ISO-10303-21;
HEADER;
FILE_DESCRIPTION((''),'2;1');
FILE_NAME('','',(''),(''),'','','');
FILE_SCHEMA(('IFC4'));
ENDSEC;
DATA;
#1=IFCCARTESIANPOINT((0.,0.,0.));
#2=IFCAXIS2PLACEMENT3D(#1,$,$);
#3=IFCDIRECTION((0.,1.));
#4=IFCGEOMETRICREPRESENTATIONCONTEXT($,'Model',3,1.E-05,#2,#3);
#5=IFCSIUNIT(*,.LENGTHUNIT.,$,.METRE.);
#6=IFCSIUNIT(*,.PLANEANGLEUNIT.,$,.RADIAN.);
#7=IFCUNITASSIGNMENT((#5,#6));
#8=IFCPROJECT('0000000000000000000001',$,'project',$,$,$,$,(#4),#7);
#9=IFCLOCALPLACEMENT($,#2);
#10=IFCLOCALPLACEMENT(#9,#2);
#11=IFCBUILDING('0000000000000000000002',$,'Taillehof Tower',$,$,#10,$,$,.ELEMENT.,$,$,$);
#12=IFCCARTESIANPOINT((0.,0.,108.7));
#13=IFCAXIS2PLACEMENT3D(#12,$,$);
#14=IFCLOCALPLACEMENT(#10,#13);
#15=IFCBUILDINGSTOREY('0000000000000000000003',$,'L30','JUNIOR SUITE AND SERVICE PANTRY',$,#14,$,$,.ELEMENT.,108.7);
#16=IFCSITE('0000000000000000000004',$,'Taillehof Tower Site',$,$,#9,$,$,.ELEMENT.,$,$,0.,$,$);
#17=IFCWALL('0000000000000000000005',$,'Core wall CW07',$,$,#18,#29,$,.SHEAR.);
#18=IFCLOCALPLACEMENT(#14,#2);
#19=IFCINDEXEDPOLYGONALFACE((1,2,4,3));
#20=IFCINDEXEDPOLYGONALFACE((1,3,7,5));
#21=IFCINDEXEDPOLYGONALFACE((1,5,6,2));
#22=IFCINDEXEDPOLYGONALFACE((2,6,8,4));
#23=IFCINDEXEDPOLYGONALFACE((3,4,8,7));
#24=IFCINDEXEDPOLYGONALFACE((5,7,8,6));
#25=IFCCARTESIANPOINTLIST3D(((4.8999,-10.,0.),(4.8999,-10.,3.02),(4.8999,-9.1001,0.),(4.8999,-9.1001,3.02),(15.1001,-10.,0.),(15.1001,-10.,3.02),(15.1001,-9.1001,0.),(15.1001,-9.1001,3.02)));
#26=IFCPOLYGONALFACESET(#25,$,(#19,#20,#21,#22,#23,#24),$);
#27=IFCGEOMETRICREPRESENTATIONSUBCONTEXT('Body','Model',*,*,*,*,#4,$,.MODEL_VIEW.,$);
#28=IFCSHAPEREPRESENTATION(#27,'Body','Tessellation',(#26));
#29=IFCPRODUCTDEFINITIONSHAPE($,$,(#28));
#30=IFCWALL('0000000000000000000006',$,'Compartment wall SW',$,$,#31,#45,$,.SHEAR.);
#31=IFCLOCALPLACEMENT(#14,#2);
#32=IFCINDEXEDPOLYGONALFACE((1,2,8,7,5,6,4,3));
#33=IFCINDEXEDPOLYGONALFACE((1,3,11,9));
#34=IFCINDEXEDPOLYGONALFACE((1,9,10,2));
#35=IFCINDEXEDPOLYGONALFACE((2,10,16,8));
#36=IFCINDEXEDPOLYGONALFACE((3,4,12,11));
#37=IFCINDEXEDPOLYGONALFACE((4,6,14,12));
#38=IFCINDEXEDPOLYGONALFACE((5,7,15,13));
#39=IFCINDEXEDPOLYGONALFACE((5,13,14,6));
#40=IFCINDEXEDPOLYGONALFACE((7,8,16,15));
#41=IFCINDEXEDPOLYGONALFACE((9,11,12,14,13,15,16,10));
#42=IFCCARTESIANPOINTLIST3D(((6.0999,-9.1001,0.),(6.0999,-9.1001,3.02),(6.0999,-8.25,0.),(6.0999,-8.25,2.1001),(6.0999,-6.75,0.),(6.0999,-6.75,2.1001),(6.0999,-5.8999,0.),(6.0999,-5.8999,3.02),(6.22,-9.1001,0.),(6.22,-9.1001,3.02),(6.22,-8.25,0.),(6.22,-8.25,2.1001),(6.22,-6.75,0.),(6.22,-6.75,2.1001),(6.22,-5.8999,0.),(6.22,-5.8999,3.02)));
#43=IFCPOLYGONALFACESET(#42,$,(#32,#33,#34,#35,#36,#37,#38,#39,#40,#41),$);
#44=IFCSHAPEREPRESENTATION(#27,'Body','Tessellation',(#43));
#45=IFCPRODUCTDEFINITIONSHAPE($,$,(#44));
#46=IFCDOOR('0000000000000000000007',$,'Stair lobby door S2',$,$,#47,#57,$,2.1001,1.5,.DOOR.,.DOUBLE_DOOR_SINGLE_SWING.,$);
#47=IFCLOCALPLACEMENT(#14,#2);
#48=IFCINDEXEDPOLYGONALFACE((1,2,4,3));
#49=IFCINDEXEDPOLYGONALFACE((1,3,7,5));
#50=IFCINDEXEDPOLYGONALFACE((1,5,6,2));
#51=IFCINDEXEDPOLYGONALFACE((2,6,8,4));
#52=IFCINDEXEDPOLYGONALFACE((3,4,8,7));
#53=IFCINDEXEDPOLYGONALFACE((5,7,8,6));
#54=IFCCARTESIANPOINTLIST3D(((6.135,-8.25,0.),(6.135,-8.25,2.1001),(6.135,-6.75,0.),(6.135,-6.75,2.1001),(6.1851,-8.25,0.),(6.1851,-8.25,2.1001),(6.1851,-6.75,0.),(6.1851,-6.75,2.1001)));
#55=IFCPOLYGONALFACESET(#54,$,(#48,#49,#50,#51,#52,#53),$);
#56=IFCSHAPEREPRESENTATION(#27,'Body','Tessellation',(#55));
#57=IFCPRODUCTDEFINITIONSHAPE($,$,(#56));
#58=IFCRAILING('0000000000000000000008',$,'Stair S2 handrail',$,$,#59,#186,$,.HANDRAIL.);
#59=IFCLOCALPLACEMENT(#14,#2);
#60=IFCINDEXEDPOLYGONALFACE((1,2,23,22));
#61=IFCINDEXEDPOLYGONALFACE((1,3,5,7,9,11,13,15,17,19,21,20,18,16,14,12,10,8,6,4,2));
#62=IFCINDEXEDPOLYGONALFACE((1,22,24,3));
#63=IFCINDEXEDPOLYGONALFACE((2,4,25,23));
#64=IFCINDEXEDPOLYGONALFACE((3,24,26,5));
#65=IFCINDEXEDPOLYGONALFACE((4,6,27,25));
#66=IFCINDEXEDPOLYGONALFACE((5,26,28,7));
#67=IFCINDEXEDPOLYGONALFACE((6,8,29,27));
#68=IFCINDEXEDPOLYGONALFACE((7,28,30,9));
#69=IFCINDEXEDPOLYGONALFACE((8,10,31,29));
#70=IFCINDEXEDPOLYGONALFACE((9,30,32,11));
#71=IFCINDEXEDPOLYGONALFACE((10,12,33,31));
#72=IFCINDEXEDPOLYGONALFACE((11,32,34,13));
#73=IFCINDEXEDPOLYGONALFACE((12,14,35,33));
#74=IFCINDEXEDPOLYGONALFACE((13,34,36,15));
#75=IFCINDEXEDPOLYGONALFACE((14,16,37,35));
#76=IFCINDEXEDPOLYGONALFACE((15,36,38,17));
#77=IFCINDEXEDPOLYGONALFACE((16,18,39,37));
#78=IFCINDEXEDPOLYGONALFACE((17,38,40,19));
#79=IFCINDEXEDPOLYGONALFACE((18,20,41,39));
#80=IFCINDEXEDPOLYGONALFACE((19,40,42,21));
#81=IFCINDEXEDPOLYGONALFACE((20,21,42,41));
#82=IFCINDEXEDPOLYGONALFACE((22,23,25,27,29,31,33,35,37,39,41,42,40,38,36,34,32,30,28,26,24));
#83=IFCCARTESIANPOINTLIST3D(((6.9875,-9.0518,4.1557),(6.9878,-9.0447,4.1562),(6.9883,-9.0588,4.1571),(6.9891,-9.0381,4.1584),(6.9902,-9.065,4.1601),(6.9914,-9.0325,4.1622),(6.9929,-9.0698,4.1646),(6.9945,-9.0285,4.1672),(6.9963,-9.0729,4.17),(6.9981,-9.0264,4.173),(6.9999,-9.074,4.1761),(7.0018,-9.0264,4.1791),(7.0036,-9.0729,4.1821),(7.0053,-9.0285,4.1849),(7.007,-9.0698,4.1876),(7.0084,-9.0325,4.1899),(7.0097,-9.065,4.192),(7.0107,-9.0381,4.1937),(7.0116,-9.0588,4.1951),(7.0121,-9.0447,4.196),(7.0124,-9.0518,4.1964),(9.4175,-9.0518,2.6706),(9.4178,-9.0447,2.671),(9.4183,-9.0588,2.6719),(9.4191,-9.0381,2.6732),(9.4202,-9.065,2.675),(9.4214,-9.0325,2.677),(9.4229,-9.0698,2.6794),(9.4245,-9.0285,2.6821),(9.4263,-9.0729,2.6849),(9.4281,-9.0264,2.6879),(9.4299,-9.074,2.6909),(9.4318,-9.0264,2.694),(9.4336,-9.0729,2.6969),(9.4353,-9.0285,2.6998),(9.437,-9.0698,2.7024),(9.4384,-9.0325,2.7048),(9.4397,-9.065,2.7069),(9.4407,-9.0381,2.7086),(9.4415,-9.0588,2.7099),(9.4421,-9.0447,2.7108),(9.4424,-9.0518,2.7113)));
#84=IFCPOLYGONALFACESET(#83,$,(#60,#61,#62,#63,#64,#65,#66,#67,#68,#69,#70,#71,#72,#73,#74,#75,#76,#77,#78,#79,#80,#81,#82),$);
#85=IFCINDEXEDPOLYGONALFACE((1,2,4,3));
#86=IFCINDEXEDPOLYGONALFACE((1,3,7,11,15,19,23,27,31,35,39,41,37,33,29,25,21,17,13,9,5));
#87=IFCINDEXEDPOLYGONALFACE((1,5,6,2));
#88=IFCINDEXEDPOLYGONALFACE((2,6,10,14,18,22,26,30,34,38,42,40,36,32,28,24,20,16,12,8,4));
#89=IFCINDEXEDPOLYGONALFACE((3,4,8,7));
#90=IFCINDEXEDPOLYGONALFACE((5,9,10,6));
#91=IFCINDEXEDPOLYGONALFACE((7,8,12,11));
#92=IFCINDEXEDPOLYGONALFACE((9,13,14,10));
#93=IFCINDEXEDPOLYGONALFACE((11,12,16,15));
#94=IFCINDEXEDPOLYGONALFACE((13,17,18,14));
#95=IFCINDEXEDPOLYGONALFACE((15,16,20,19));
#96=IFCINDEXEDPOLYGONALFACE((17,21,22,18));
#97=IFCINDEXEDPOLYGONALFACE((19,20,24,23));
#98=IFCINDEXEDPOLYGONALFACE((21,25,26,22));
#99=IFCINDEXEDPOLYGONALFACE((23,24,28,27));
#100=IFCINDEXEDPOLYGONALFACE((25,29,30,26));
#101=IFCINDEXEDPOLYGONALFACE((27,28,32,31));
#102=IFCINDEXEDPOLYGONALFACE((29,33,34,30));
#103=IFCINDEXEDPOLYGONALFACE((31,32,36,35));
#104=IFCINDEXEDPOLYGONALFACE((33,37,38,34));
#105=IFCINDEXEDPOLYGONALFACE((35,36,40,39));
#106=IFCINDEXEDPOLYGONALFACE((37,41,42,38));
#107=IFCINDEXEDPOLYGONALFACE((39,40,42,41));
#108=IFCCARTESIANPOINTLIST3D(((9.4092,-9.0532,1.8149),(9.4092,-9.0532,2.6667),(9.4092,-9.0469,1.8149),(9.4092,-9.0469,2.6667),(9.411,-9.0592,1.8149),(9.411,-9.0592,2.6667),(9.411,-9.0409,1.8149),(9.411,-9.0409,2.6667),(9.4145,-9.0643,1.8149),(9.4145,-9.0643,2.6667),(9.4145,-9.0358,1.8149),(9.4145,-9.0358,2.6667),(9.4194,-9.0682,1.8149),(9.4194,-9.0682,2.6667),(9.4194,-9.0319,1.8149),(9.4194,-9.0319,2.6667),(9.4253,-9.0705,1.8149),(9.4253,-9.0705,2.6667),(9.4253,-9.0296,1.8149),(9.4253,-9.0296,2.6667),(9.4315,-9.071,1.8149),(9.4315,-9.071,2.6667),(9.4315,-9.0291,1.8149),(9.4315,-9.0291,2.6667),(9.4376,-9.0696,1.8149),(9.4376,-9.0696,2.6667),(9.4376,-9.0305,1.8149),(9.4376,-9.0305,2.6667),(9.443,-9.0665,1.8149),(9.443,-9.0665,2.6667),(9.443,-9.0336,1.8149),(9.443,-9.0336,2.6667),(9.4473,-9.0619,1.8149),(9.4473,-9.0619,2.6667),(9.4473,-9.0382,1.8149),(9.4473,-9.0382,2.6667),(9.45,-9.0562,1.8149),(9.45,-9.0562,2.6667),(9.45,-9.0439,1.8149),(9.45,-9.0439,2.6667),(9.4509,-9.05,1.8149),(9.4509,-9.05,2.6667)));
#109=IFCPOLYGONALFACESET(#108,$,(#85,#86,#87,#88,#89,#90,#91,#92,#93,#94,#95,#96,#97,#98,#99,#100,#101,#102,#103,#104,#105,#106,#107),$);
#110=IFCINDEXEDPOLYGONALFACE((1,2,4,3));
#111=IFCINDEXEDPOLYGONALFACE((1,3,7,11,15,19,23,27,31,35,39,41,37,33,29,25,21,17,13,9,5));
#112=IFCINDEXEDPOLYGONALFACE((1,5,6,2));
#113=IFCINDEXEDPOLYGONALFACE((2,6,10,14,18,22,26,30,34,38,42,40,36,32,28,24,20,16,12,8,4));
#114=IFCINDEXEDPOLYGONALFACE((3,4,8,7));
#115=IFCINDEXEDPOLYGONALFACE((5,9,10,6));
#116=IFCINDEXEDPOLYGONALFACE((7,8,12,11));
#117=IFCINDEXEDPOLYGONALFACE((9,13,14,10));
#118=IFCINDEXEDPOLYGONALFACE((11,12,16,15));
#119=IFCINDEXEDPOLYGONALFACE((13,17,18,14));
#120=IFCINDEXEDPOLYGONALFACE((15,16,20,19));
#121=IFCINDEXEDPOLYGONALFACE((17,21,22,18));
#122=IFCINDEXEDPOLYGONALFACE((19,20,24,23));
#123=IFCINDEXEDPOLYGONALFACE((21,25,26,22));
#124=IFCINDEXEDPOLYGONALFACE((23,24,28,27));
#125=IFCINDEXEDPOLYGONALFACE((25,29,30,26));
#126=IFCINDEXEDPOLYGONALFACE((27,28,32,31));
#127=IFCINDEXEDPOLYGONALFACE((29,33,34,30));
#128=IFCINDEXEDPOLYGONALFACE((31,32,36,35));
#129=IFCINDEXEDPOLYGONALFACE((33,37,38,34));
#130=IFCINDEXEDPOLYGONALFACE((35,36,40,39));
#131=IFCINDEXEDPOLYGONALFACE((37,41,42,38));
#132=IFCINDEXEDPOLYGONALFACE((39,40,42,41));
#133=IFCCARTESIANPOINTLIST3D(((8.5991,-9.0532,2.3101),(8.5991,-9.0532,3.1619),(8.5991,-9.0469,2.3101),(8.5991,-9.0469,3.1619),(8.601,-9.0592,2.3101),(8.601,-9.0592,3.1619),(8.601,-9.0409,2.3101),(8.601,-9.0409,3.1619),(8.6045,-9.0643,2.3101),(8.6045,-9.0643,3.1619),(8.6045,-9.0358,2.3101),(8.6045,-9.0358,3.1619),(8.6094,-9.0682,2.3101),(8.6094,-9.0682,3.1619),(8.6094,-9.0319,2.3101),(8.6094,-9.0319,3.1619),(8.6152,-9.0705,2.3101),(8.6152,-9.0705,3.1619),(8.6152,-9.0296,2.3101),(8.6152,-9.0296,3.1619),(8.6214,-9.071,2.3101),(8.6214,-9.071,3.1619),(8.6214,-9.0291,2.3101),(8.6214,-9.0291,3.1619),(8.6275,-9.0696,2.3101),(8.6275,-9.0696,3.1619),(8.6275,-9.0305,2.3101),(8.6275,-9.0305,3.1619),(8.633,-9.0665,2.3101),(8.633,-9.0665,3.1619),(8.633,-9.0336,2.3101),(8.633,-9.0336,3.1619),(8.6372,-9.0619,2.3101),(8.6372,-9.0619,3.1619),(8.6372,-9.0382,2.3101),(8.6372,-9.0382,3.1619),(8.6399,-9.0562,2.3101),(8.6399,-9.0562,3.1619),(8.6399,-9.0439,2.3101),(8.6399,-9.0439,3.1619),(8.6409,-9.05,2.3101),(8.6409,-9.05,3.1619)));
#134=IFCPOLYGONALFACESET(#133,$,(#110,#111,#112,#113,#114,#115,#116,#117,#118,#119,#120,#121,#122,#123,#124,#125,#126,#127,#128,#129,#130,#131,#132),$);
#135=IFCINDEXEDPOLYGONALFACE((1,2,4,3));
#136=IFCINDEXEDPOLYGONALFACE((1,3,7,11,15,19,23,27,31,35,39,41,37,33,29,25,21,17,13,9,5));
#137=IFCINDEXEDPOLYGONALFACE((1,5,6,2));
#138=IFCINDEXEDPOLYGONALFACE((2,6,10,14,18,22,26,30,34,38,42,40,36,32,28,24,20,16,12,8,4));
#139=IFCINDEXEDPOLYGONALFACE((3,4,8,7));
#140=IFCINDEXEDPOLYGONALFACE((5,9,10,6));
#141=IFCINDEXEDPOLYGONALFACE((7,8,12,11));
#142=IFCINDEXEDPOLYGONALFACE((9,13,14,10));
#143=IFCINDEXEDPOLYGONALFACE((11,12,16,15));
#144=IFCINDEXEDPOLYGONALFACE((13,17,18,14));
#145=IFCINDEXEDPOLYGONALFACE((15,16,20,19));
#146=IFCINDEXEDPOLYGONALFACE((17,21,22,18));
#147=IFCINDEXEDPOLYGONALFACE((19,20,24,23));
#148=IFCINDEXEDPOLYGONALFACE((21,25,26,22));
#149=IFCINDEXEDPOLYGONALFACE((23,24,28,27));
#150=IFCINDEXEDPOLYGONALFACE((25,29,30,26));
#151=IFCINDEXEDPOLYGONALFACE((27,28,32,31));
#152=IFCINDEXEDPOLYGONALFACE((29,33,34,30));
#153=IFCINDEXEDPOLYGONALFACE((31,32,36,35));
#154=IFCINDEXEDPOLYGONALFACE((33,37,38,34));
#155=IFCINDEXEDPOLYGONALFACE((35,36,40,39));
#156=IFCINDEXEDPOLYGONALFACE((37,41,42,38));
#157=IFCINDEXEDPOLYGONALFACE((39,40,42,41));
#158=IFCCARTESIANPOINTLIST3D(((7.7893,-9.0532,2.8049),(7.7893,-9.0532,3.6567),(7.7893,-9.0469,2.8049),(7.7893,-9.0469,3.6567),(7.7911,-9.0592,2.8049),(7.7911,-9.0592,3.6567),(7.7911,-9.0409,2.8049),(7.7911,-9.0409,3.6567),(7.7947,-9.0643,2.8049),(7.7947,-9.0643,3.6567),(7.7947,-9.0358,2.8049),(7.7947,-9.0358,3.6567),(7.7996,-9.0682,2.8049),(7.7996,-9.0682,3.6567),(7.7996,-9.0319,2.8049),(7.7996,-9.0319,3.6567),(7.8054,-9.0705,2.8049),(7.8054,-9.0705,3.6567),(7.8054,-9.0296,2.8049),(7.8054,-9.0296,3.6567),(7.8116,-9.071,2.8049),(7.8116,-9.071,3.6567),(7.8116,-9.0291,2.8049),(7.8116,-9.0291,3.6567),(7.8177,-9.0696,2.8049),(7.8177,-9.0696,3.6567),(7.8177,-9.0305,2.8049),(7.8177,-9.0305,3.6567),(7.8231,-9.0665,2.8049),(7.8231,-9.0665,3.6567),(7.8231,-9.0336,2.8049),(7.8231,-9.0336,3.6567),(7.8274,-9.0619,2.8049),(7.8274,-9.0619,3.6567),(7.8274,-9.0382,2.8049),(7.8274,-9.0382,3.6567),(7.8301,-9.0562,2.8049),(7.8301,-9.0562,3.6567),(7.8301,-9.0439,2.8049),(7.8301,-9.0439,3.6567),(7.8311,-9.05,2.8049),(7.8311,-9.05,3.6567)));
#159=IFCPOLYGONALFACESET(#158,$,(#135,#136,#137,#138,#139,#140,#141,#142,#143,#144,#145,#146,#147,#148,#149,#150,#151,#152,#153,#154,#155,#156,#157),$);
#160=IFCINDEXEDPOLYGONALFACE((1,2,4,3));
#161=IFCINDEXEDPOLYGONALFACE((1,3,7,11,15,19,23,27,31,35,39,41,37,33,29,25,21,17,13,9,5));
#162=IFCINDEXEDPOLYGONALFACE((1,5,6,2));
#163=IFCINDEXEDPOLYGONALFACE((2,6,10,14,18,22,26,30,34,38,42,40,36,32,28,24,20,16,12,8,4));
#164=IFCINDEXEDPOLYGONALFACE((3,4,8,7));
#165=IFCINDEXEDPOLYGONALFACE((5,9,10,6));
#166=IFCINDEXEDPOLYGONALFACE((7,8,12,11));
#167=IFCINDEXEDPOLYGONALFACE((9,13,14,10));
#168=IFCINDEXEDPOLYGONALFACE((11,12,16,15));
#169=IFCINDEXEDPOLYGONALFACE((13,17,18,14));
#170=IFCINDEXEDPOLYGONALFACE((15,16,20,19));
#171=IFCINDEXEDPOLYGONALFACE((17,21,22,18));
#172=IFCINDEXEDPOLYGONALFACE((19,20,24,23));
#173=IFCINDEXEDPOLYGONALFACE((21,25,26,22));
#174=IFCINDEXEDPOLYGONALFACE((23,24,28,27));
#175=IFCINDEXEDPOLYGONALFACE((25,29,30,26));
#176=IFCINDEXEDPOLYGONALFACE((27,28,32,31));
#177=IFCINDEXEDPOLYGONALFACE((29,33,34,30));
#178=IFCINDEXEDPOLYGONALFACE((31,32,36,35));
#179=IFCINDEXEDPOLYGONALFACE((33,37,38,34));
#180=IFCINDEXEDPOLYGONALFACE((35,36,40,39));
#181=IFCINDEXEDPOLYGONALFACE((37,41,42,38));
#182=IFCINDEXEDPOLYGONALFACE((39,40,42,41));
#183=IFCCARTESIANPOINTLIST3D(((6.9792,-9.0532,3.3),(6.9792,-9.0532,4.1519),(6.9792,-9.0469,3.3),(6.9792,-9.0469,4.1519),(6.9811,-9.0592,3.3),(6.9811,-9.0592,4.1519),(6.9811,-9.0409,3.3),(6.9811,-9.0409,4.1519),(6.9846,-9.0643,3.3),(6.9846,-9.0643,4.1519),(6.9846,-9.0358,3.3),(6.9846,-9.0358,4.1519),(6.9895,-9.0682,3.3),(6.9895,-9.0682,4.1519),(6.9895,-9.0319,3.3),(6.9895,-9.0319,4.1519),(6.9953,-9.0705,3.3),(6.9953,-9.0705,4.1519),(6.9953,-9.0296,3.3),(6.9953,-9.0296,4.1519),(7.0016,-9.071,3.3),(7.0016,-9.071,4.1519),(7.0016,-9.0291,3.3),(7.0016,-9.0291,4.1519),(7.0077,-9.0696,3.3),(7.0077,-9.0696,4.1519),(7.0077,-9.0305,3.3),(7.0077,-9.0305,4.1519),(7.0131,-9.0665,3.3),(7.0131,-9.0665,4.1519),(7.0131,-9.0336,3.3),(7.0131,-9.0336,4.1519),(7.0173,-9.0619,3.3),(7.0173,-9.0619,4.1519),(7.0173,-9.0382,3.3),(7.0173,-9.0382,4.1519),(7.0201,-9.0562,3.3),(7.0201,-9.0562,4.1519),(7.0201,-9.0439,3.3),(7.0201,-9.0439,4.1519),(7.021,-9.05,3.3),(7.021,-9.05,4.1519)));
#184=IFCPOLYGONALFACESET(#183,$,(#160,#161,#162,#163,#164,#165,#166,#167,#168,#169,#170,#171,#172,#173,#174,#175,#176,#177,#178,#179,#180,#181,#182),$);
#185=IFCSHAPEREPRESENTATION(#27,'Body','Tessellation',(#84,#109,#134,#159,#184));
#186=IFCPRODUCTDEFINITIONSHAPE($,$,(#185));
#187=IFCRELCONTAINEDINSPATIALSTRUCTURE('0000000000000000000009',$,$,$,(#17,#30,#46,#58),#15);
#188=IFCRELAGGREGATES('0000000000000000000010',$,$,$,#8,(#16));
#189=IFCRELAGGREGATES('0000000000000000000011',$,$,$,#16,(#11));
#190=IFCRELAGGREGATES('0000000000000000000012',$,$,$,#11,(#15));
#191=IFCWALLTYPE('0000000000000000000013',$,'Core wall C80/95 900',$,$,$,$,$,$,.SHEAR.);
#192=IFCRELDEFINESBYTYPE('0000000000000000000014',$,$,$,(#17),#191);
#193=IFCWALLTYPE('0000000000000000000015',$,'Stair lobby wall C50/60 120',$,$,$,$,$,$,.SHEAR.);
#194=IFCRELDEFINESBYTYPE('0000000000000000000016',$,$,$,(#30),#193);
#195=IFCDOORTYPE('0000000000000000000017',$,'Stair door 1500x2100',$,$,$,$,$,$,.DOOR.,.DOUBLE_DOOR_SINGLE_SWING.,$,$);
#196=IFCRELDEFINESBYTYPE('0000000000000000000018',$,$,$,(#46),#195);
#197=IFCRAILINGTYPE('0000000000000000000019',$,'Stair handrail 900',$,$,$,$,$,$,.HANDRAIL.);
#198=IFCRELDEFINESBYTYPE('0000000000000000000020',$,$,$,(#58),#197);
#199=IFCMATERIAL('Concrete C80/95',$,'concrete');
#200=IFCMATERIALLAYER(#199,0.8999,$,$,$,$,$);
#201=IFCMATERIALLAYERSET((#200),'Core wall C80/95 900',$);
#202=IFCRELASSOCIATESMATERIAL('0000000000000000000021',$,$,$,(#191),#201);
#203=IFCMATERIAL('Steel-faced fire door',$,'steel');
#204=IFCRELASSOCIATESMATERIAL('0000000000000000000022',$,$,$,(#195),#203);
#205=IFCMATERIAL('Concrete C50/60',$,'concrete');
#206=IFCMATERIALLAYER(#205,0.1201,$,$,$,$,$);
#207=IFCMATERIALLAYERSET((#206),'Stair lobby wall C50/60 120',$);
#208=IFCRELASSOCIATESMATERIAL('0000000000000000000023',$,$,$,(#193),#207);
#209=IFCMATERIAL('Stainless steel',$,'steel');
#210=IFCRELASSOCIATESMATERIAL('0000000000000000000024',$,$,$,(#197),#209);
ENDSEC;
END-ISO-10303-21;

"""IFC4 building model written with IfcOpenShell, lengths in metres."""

from ifc_helpers import new_model, si_unit, direction, frame, frame_2d, origin, origin_2d, place, context, subcontext, project, spatial, rectangle, circle, extrude, material, layer, layer_set, type_object, element, fill, save


model = new_model("IFC4")

# Units and contexts
model_context = context("Model", 3, precision=1e-05, world=origin(), true_north=direction((0.0, 1.0)))
body_context = subcontext(model_context, "Body", "Model", "MODEL_VIEW")
ifc_project = project(units=[si_unit("LENGTHUNIT", "METRE"), si_unit("PLANEANGLEUNIT", "RADIAN")], contexts=[model_context])

# Site, building, storey
site_placement = place(None, origin())
site = spatial("IfcSite", under=ifc_project, at=site_placement, Name="Taillehof Tower Site", CompositionType="ELEMENT", RefElevation=0.0)
building_placement = place(site_placement, origin())
building = spatial("IfcBuilding", under=site, at=building_placement, Name="Taillehof Tower", CompositionType="ELEMENT")
storey_placement = place(building_placement, frame((0.0, 0.0, 108.7)))
storey = spatial("IfcBuildingStorey", under=building, at=storey_placement, Name="L30", Description="JUNIOR SUITE AND SERVICE PANTRY", CompositionType="ELEMENT", Elevation=108.7)

# Shared definitions
ifc_material_1 = material(Name="Concrete C80/95", Category="concrete")
ifc_layer_1 = layer(ifc_material_1, 0.8999)
ifc_layer_set_1 = layer_set([ifc_layer_1], Name="Core wall C80/95 900")
wall_type_1 = type_object("IfcWallType", Name="Core wall C80/95 900", PredefinedType="SHEAR", material=ifc_layer_set_1)
ifc_material_2 = material(Name="Steel-faced fire door", Category="steel")
door_type_1 = type_object("IfcDoorType", Name="Stair door 1500x2100", OperationType="DOUBLE_DOOR_SINGLE_SWING", PredefinedType="DOOR", material=ifc_material_2)

# Wall
wall_1_placement = place(storey_placement, frame((4.8999, -9.55, 0.0), z_axis=(0.0, 0.0, 1.0), x_axis=(1.0, 0.0, 0.0)))
element("IfcWall", 1, at=wall_1_placement, inside=storey, type_object=wall_type_1, Name="Core wall CW07", PredefinedType="SHEAR", context=body_context, shape_type="SweptSolid", body=[
    extrude(rectangle(XDim=10.2002, YDim=0.8999, at=frame_2d((5.1001, 0.0))), origin(), (0.0, 0.0, 1.0), 3.02),
])

# Wall, opening, door
ifc_material_3 = material(Name="Concrete C50/60", Category="concrete")
ifc_layer_2 = layer(ifc_material_3, 0.1201)
ifc_layer_set_2 = layer_set([ifc_layer_2], Name="Stair lobby wall C50/60 120")
wall_type_2 = type_object("IfcWallType", Name="Stair lobby wall C50/60 120", PredefinedType="SHEAR", material=ifc_layer_set_2)
wall_2_placement = place(storey_placement, frame((6.1599, -9.1001, 0.0), z_axis=(0.0, 0.0, 1.0), x_axis=(0.0, 1.0, 0.0)))
wall_2 = element("IfcWall", 2, at=wall_2_placement, inside=storey, type_object=wall_type_2, Name="Compartment wall SW", PredefinedType="SHEAR", context=body_context, shape_type="SweptSolid", body=[
    extrude(rectangle(XDim=3.2002, YDim=0.1201, at=frame_2d((1.6001, 0.0))), origin(), (0.0, 0.0, 1.0), 3.02),
])
opening_1_placement = place(wall_2_placement, frame((0.8501, 0.0, 0.0)))
opening_1 = element("IfcOpeningElement", 3, at=opening_1_placement, cuts=wall_2, PredefinedType="OPENING", context=body_context, shape_type="SweptSolid", body=[
    extrude(rectangle(XDim=1.5, YDim=2.1001, at=frame_2d((0.75, 1.05))), frame((0.0, 0.0701, 0.0), z_axis=(0.0, -1.0, 0.0), x_axis=(1.0, 0.0, 0.0)), (0.0, 0.0, 1.0), 0.1401),
])
door_1_placement = place(opening_1_placement, origin())
door_1 = element("IfcDoor", 4, at=door_1_placement, inside=storey, type_object=door_type_1, Name="Stair lobby door S2", OperationType="DOUBLE_DOOR_SINGLE_SWING", OverallHeight=2.1001, OverallWidth=1.5, PredefinedType="DOOR", context=body_context, shape_type="SweptSolid", body=[
    extrude(rectangle(XDim=1.5, YDim=2.1001, at=frame_2d((0.75, 1.05))), frame((0.0, 0.0249, 0.0), z_axis=(0.0, -1.0, 0.0), x_axis=(1.0, 0.0, 0.0)), (0.0, 0.0, 1.0), 0.05),
])
fill(opening_1, door_1)

# Railing
ifc_material_4 = material(Name="Stainless steel", Category="steel")
railing_type = type_object("IfcRailingType", Name="Stair handrail 900", PredefinedType="HANDRAIL", material=ifc_material_4)
railing_placement = place(storey_placement, frame((9.4299, -9.05, 1.8149)))
element("IfcRailing", 5, at=railing_placement, inside=storey, type_object=railing_type, Name="Stair S2 handrail", PredefinedType="HANDRAIL", context=body_context, shape_type="SweptSolid", body=[
    extrude(circle(Radius=0.0239, at=origin_2d()), frame((0.0, 0.0, 0.876), z_axis=(-0.853259, 0.0, 0.521488), x_axis=(0.0, -1.0, 0.0)), (0.0, 0.0, 1.0), 2.8479),
    extrude(circle(Radius=0.021, at=origin_2d()), origin(), (0.0, 0.0, 1.0), 0.8518),
    extrude(circle(Radius=0.021, at=origin_2d()), frame((-0.8101, 0.0, 0.4951)), (0.0, 0.0, 1.0), 0.8518),
    extrude(circle(Radius=0.021, at=origin_2d()), frame((-1.6199, 0.0, 0.99)), (0.0, 0.0, 1.0), 0.8518),
    extrude(circle(Radius=0.021, at=origin_2d()), frame((-2.4299, 0.0, 1.4851)), (0.0, 0.0, 1.0), 0.8518),
])

save(model, "model.ifc")
